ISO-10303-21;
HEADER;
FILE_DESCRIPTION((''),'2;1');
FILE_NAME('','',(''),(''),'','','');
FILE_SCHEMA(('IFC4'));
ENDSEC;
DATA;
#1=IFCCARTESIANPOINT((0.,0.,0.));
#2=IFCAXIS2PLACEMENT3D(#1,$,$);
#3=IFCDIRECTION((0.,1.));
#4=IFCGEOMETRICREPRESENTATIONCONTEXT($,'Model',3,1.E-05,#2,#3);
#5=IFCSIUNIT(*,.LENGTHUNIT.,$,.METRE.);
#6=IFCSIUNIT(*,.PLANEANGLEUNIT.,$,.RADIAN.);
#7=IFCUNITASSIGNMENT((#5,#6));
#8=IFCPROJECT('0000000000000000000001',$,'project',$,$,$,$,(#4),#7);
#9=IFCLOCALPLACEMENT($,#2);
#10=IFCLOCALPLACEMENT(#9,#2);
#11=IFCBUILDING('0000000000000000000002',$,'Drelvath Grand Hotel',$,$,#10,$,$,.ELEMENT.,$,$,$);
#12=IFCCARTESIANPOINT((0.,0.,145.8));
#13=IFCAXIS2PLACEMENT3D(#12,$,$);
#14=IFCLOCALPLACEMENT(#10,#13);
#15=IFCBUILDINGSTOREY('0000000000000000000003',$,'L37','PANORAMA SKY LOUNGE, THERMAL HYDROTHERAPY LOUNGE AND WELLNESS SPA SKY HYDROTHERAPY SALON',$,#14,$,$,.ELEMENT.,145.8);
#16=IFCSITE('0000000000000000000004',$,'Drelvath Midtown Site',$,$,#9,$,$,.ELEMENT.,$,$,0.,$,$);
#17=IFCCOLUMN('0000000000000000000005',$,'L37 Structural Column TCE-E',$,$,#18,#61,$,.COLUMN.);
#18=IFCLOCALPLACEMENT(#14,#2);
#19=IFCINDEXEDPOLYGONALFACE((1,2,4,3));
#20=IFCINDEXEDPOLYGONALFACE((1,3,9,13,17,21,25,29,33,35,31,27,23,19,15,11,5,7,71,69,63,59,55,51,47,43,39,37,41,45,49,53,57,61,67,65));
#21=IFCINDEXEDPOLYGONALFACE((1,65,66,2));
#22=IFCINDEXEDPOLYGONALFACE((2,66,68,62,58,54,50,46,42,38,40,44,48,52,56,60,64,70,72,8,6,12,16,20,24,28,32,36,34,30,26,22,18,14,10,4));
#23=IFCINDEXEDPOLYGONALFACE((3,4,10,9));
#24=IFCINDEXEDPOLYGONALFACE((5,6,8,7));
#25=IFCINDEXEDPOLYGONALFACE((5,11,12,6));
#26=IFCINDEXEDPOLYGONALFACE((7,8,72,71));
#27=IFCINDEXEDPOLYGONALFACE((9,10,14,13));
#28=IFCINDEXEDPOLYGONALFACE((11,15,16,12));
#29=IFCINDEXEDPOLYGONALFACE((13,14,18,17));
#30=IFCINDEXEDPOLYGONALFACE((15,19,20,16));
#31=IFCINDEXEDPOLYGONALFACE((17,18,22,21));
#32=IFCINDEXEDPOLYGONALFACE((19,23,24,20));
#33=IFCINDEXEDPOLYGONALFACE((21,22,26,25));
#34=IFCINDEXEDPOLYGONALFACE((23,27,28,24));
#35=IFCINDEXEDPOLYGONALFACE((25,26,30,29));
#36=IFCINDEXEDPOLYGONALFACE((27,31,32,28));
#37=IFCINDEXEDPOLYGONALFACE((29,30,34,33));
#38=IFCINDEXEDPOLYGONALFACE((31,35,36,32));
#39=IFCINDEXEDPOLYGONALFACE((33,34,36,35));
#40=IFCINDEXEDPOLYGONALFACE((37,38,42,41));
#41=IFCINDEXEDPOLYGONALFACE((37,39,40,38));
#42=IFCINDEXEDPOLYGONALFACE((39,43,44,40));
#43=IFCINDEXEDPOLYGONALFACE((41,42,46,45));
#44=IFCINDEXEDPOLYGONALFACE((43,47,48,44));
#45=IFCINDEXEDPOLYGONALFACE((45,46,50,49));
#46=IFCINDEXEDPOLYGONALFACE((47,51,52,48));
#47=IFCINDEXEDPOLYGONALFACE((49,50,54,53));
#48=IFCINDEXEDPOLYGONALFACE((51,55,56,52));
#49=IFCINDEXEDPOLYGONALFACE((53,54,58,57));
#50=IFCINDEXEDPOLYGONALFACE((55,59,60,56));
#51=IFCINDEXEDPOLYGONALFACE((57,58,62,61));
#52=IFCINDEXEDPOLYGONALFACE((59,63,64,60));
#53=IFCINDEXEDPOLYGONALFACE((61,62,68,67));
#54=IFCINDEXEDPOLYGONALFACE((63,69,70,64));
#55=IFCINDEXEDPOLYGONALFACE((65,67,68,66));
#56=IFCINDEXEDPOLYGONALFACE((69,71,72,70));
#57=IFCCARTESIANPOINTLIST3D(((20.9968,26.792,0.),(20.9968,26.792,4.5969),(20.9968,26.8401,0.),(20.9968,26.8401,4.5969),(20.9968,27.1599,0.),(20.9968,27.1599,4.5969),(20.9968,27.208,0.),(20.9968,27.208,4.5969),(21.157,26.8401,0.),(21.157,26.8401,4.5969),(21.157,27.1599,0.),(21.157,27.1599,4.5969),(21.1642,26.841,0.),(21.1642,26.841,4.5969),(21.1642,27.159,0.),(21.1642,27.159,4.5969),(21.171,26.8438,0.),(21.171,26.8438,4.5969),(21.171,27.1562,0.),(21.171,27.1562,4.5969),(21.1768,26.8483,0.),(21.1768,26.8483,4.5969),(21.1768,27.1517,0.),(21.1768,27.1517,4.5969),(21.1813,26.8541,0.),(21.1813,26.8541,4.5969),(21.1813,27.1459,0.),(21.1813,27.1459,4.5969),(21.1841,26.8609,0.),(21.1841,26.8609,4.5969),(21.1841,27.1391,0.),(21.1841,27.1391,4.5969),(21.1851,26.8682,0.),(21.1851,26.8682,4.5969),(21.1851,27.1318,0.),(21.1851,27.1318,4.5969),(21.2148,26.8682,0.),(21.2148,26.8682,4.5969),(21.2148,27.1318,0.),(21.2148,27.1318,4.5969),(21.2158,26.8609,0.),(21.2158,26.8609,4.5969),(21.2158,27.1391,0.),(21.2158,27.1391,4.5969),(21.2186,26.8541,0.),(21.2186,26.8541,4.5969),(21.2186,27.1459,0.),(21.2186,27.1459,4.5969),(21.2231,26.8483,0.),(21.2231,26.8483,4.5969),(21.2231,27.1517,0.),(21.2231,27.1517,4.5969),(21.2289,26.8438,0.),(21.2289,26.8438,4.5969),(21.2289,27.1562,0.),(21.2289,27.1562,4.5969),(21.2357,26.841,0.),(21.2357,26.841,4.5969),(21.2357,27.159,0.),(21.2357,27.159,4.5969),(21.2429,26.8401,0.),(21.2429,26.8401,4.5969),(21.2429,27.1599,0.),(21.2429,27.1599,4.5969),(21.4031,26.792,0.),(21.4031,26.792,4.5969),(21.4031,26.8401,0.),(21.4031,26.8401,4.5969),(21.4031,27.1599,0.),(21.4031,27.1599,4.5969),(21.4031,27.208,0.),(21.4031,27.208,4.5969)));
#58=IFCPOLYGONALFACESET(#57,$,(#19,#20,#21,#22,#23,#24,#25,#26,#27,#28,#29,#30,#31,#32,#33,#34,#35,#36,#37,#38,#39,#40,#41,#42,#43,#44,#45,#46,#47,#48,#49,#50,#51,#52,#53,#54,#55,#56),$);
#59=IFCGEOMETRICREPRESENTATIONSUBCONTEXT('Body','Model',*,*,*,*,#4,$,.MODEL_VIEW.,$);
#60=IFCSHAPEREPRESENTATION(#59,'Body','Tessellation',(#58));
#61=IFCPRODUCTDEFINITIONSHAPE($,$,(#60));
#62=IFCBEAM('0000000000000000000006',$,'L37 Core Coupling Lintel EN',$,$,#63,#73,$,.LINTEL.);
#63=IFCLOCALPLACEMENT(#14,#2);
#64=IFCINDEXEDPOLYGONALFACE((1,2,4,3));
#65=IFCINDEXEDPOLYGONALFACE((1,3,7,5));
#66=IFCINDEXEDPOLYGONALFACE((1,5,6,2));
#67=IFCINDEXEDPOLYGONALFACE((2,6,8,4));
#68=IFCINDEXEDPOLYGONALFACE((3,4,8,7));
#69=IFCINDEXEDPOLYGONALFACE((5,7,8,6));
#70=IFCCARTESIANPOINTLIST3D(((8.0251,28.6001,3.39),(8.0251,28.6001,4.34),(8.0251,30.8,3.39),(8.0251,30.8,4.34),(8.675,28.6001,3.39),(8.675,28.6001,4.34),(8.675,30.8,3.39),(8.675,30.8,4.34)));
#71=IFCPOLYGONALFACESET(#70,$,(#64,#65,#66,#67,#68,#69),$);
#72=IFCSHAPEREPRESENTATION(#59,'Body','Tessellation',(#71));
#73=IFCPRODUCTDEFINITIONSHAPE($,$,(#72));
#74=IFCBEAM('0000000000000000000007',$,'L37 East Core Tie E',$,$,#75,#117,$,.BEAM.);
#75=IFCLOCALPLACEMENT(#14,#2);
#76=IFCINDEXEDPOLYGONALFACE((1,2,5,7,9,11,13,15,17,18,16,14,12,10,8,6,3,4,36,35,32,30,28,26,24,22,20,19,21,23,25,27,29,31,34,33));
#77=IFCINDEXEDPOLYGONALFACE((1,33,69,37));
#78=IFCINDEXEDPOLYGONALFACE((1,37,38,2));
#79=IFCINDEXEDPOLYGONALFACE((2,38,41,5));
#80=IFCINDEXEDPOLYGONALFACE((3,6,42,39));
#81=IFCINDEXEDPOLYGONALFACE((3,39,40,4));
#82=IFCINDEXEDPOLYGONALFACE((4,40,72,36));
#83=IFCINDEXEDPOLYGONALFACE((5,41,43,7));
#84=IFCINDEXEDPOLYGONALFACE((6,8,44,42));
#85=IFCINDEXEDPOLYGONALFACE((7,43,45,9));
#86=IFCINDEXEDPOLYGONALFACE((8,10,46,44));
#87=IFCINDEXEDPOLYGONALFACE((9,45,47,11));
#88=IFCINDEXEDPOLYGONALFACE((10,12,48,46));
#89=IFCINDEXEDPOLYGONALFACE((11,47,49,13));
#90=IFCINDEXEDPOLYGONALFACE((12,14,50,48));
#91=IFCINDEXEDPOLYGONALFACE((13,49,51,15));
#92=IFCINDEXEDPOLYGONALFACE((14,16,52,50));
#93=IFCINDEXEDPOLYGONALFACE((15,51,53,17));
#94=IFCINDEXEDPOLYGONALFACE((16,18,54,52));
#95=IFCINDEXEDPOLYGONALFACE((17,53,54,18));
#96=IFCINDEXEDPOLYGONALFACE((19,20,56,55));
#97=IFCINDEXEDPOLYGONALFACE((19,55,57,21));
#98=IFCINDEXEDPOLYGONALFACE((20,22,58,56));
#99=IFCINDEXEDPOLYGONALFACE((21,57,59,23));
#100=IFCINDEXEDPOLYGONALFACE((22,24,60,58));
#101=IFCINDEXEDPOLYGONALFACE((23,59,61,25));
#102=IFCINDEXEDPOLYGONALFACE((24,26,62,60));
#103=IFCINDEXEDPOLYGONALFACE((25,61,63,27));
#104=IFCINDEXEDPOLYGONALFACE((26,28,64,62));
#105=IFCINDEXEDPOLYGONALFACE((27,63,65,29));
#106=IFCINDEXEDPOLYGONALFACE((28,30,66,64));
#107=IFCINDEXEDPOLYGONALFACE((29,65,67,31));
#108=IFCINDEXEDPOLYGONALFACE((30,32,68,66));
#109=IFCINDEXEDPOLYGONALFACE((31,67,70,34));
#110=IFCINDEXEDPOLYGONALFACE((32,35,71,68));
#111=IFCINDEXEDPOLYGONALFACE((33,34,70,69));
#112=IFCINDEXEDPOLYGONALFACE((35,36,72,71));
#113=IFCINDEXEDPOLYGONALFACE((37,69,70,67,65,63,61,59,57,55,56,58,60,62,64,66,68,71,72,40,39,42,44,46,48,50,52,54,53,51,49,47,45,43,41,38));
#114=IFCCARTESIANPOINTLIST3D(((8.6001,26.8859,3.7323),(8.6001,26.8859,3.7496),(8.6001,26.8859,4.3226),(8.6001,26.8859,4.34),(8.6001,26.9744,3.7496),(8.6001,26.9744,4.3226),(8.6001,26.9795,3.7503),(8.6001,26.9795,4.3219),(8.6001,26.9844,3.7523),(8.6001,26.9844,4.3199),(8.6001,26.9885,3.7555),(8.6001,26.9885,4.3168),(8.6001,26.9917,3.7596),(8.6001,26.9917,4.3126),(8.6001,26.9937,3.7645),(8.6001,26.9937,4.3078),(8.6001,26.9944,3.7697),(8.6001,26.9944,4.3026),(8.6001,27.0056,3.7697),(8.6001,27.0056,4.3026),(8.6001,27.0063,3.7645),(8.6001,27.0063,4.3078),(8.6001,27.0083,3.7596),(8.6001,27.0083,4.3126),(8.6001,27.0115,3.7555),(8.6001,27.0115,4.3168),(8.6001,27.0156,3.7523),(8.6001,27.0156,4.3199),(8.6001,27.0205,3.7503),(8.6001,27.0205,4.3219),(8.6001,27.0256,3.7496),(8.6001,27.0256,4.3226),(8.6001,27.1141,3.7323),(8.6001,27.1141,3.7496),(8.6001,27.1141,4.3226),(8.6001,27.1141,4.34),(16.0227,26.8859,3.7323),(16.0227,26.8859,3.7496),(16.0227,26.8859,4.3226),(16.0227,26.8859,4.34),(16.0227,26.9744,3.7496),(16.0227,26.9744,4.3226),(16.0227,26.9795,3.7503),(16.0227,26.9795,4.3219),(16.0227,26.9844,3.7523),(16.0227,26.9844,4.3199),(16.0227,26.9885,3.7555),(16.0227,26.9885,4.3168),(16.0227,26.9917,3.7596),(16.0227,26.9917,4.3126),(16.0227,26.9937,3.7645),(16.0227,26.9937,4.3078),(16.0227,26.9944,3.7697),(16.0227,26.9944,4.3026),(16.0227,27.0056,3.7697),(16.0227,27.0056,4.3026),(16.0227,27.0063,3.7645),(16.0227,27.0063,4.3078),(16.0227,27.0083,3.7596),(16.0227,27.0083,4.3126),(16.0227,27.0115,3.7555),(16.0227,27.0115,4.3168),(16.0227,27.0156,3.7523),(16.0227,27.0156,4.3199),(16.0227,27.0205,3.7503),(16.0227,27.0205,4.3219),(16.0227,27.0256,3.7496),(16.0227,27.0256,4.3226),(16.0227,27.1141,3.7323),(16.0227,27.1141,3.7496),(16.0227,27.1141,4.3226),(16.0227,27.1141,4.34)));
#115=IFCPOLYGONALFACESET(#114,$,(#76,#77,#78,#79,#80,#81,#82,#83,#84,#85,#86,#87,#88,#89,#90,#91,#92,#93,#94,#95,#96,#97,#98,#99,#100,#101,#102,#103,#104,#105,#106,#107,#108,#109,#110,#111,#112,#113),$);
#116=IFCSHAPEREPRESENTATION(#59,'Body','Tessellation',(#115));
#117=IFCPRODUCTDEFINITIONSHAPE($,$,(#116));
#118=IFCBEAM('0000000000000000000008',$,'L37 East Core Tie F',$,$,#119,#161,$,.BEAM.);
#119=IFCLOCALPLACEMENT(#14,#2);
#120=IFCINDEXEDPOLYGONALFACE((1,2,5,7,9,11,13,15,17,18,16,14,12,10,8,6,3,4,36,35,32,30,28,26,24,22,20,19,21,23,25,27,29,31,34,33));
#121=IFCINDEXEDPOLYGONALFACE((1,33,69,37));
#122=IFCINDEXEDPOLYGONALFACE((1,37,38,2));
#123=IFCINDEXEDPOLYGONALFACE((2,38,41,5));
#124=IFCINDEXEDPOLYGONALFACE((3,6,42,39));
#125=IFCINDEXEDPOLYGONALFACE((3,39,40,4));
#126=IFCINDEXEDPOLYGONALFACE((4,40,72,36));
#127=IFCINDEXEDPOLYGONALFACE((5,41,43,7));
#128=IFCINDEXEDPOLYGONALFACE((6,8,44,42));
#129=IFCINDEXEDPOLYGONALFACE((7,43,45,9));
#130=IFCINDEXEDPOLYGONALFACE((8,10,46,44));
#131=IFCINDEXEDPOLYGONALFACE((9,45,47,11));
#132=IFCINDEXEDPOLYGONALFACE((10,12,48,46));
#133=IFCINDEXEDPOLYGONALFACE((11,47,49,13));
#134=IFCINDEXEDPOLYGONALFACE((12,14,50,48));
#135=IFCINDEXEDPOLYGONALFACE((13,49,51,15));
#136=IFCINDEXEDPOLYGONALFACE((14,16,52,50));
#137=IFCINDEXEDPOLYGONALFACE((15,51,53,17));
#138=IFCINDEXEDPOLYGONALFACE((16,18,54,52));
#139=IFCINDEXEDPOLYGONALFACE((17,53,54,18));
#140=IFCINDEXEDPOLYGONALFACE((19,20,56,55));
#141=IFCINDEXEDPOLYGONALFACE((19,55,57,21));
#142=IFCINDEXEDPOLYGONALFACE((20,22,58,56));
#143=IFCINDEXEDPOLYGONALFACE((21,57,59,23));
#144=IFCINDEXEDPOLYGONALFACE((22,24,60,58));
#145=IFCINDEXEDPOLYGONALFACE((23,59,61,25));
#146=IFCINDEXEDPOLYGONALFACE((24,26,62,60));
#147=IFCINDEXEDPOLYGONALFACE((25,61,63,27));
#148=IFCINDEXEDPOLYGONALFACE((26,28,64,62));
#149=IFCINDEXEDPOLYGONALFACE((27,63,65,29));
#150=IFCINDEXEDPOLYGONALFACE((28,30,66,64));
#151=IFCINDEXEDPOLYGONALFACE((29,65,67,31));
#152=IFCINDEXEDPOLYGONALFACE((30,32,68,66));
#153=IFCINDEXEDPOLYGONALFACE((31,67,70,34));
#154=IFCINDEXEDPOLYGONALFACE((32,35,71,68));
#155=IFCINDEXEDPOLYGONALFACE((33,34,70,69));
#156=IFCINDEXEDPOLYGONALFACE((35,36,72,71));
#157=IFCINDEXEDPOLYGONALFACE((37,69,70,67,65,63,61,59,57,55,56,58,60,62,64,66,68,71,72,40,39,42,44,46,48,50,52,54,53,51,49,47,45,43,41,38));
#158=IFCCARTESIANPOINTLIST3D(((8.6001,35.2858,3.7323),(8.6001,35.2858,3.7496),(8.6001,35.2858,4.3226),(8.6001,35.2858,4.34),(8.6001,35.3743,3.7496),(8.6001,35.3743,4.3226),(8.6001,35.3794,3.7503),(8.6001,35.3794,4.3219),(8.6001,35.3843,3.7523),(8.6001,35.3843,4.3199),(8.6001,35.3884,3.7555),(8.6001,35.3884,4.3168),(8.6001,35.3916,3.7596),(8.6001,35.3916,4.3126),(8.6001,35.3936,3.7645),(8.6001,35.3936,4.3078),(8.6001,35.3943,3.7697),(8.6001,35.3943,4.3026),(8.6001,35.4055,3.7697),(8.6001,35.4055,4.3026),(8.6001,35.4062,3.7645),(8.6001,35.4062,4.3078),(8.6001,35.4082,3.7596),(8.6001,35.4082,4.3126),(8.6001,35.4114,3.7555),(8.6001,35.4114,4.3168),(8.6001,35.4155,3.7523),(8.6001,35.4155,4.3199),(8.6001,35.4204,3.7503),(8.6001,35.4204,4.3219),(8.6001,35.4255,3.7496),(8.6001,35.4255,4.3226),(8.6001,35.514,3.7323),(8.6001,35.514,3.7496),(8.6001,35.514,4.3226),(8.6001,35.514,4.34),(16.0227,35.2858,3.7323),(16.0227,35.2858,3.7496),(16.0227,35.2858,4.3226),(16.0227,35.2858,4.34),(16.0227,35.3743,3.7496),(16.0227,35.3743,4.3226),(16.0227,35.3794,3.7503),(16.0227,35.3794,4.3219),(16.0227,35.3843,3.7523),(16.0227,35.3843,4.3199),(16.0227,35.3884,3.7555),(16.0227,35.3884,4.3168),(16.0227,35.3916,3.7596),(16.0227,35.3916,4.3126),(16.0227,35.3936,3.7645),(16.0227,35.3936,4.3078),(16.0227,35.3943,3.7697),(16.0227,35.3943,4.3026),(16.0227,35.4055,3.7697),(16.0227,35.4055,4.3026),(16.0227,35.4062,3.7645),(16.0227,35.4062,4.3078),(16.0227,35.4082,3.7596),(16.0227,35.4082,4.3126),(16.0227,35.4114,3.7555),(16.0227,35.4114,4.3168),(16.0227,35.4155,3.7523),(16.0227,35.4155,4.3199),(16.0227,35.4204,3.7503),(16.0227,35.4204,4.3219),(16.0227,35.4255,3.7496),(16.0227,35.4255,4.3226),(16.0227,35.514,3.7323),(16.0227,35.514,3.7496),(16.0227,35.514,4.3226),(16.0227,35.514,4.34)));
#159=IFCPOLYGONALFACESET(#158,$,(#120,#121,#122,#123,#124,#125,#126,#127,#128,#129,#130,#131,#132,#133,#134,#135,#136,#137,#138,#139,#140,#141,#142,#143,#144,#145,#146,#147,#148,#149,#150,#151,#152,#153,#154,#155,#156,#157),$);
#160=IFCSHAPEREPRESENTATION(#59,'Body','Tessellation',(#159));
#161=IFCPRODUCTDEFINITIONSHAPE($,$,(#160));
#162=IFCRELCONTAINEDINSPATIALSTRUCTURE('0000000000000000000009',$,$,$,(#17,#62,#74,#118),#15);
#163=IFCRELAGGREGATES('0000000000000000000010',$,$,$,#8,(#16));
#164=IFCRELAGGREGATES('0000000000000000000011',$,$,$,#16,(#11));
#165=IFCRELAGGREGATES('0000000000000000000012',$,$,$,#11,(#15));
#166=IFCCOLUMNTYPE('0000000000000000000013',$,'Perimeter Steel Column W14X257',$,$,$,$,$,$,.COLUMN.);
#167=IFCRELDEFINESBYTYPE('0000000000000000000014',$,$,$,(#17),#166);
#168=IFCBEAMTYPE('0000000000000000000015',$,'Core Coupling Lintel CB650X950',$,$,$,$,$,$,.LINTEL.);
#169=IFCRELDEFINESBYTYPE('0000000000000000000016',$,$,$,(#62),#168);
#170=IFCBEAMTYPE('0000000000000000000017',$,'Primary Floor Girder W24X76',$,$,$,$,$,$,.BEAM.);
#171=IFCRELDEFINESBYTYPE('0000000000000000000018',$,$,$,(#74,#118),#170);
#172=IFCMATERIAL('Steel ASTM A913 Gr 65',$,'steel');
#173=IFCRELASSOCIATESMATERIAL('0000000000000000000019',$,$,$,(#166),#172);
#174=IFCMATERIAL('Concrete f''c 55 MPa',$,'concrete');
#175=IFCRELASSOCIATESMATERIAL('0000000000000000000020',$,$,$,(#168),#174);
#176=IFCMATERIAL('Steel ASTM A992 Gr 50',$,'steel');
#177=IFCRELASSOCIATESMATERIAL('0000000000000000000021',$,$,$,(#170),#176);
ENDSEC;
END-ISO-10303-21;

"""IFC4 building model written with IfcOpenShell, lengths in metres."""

from ifc_helpers import new_model, si_unit, direction, frame, origin, origin_2d, place, context, subcontext, project, spatial, rectangle, i_section, extrude, material, material_profile, profile_set, type_object, element, save


model = new_model("IFC4")

# Units and contexts
model_context = context("Model", 3, precision=1e-05, world=origin(), true_north=direction((0.0, 1.0)))
body_context = subcontext(model_context, "Body", "Model", "MODEL_VIEW")
ifc_project = project(units=[si_unit("LENGTHUNIT", "METRE"), si_unit("PLANEANGLEUNIT", "RADIAN")], contexts=[model_context])

# Site, building, storey
site_placement = place(None, origin())
site = spatial("IfcSite", under=ifc_project, at=site_placement, Name="Drelvath Midtown Site", CompositionType="ELEMENT", RefElevation=0.0)
building_placement = place(site_placement, origin())
building = spatial("IfcBuilding", under=site, at=building_placement, Name="Drelvath Grand Hotel", CompositionType="ELEMENT")
storey_placement = place(building_placement, frame((0.0, 0.0, 145.8)))
storey = spatial("IfcBuildingStorey", under=building, at=storey_placement, Name="L37", Description="PANORAMA SKY LOUNGE, THERMAL HYDROTHERAPY LOUNGE AND WELLNESS SPA SKY HYDROTHERAPY SALON", CompositionType="ELEMENT", Elevation=145.8)

# Column
ifc_material_1 = material(Name="Steel ASTM A913 Gr 65", Category="steel")
ifc_material_profile_1 = material_profile(ifc_material_1, i_section(OverallWidth=0.4062, OverallDepth=0.416, WebThickness=0.0298, FlangeThickness=0.0481, FilletRadius=0.0281, at=origin_2d()), Name="W14X257")
ifc_profile_set_1 = profile_set([ifc_material_profile_1], Name="Steel ASTM A913 Gr 65")
column_type = type_object("IfcColumnType", Name="Perimeter Steel Column W14X257", PredefinedType="COLUMN", material=ifc_profile_set_1)
column_placement = place(storey_placement, frame((21.2, 27.0, 0.0), z_axis=(0.0, 0.0, 1.0), x_axis=(1.0, 0.0, 0.0)))
element("IfcColumn", 1, at=column_placement, inside=storey, type_object=column_type, Name="L37 Structural Column TCE-E", PredefinedType="COLUMN", context=body_context, shape_type="SweptSolid", body=[
    extrude(i_section(OverallWidth=0.4062, OverallDepth=0.416, WebThickness=0.0298, FlangeThickness=0.0481, FilletRadius=0.0281, at=origin_2d()), origin(), (0.0, 0.0, 1.0), 4.5969),
])

# Beams
ifc_material_2 = material(Name="Concrete f'c 55 MPa", Category="concrete")
ifc_material_profile_2 = material_profile(ifc_material_2, rectangle(XDim=0.6499, YDim=0.95, at=origin_2d()), Name="CB650X950")
ifc_profile_set_2 = profile_set([ifc_material_profile_2], Name="Concrete f'c 55 MPa")
beam_type_1 = type_object("IfcBeamType", Name="Core Coupling Lintel CB650X950", PredefinedType="LINTEL", material=ifc_profile_set_2)
beam_1_placement = place(storey_placement, frame((8.3501, 28.6001, 3.865), z_axis=(0.0, 1.0, 0.0), x_axis=(-1.0, 0.0, 0.0)))
element("IfcBeam", 2, at=beam_1_placement, inside=storey, type_object=beam_type_1, Name="L37 Core Coupling Lintel EN", PredefinedType="LINTEL", context=body_context, shape_type="SweptSolid", body=[
    extrude(rectangle(XDim=0.6499, YDim=0.95, at=origin_2d()), origin(), (0.0, 0.0, 1.0), 2.2),
])
ifc_material_3 = material(Name="Steel ASTM A992 Gr 50", Category="steel")
ifc_material_profile_3 = material_profile(ifc_material_3, i_section(OverallWidth=0.2283, OverallDepth=0.6077, WebThickness=0.0112, FlangeThickness=0.0173, FilletRadius=0.02, at=origin_2d()), Name="W24X76")
ifc_profile_set_3 = profile_set([ifc_material_profile_3], Name="Steel ASTM A992 Gr 50")
beam_type_2 = type_object("IfcBeamType", Name="Primary Floor Girder W24X76", PredefinedType="BEAM", material=ifc_profile_set_3)
for number, where, z_axis, x_axis, name in (
    (3, (8.6001, 27.0, 4.0361), (1.0, 0.0, 0.0), (0.0, 1.0, 0.0), "L37 East Core Tie E"),
    (4, (8.6001, 35.3999, 4.0361), (1.0, 0.0, 0.0), (0.0, 1.0, 0.0), "L37 East Core Tie F"),
):
    element("IfcBeam", number, at=place(storey_placement, frame(where, z_axis=z_axis, x_axis=x_axis)), inside=storey, type_object=beam_type_2, Name=name, PredefinedType="BEAM", context=body_context, shape_type="SweptSolid", body=[
        extrude(i_section(OverallWidth=0.2283, OverallDepth=0.6077, WebThickness=0.0112, FlangeThickness=0.0173, FilletRadius=0.02, at=origin_2d()), origin(), (0.0, 0.0, 1.0), 7.4226),
    ])

save(model, "model.ifc")
